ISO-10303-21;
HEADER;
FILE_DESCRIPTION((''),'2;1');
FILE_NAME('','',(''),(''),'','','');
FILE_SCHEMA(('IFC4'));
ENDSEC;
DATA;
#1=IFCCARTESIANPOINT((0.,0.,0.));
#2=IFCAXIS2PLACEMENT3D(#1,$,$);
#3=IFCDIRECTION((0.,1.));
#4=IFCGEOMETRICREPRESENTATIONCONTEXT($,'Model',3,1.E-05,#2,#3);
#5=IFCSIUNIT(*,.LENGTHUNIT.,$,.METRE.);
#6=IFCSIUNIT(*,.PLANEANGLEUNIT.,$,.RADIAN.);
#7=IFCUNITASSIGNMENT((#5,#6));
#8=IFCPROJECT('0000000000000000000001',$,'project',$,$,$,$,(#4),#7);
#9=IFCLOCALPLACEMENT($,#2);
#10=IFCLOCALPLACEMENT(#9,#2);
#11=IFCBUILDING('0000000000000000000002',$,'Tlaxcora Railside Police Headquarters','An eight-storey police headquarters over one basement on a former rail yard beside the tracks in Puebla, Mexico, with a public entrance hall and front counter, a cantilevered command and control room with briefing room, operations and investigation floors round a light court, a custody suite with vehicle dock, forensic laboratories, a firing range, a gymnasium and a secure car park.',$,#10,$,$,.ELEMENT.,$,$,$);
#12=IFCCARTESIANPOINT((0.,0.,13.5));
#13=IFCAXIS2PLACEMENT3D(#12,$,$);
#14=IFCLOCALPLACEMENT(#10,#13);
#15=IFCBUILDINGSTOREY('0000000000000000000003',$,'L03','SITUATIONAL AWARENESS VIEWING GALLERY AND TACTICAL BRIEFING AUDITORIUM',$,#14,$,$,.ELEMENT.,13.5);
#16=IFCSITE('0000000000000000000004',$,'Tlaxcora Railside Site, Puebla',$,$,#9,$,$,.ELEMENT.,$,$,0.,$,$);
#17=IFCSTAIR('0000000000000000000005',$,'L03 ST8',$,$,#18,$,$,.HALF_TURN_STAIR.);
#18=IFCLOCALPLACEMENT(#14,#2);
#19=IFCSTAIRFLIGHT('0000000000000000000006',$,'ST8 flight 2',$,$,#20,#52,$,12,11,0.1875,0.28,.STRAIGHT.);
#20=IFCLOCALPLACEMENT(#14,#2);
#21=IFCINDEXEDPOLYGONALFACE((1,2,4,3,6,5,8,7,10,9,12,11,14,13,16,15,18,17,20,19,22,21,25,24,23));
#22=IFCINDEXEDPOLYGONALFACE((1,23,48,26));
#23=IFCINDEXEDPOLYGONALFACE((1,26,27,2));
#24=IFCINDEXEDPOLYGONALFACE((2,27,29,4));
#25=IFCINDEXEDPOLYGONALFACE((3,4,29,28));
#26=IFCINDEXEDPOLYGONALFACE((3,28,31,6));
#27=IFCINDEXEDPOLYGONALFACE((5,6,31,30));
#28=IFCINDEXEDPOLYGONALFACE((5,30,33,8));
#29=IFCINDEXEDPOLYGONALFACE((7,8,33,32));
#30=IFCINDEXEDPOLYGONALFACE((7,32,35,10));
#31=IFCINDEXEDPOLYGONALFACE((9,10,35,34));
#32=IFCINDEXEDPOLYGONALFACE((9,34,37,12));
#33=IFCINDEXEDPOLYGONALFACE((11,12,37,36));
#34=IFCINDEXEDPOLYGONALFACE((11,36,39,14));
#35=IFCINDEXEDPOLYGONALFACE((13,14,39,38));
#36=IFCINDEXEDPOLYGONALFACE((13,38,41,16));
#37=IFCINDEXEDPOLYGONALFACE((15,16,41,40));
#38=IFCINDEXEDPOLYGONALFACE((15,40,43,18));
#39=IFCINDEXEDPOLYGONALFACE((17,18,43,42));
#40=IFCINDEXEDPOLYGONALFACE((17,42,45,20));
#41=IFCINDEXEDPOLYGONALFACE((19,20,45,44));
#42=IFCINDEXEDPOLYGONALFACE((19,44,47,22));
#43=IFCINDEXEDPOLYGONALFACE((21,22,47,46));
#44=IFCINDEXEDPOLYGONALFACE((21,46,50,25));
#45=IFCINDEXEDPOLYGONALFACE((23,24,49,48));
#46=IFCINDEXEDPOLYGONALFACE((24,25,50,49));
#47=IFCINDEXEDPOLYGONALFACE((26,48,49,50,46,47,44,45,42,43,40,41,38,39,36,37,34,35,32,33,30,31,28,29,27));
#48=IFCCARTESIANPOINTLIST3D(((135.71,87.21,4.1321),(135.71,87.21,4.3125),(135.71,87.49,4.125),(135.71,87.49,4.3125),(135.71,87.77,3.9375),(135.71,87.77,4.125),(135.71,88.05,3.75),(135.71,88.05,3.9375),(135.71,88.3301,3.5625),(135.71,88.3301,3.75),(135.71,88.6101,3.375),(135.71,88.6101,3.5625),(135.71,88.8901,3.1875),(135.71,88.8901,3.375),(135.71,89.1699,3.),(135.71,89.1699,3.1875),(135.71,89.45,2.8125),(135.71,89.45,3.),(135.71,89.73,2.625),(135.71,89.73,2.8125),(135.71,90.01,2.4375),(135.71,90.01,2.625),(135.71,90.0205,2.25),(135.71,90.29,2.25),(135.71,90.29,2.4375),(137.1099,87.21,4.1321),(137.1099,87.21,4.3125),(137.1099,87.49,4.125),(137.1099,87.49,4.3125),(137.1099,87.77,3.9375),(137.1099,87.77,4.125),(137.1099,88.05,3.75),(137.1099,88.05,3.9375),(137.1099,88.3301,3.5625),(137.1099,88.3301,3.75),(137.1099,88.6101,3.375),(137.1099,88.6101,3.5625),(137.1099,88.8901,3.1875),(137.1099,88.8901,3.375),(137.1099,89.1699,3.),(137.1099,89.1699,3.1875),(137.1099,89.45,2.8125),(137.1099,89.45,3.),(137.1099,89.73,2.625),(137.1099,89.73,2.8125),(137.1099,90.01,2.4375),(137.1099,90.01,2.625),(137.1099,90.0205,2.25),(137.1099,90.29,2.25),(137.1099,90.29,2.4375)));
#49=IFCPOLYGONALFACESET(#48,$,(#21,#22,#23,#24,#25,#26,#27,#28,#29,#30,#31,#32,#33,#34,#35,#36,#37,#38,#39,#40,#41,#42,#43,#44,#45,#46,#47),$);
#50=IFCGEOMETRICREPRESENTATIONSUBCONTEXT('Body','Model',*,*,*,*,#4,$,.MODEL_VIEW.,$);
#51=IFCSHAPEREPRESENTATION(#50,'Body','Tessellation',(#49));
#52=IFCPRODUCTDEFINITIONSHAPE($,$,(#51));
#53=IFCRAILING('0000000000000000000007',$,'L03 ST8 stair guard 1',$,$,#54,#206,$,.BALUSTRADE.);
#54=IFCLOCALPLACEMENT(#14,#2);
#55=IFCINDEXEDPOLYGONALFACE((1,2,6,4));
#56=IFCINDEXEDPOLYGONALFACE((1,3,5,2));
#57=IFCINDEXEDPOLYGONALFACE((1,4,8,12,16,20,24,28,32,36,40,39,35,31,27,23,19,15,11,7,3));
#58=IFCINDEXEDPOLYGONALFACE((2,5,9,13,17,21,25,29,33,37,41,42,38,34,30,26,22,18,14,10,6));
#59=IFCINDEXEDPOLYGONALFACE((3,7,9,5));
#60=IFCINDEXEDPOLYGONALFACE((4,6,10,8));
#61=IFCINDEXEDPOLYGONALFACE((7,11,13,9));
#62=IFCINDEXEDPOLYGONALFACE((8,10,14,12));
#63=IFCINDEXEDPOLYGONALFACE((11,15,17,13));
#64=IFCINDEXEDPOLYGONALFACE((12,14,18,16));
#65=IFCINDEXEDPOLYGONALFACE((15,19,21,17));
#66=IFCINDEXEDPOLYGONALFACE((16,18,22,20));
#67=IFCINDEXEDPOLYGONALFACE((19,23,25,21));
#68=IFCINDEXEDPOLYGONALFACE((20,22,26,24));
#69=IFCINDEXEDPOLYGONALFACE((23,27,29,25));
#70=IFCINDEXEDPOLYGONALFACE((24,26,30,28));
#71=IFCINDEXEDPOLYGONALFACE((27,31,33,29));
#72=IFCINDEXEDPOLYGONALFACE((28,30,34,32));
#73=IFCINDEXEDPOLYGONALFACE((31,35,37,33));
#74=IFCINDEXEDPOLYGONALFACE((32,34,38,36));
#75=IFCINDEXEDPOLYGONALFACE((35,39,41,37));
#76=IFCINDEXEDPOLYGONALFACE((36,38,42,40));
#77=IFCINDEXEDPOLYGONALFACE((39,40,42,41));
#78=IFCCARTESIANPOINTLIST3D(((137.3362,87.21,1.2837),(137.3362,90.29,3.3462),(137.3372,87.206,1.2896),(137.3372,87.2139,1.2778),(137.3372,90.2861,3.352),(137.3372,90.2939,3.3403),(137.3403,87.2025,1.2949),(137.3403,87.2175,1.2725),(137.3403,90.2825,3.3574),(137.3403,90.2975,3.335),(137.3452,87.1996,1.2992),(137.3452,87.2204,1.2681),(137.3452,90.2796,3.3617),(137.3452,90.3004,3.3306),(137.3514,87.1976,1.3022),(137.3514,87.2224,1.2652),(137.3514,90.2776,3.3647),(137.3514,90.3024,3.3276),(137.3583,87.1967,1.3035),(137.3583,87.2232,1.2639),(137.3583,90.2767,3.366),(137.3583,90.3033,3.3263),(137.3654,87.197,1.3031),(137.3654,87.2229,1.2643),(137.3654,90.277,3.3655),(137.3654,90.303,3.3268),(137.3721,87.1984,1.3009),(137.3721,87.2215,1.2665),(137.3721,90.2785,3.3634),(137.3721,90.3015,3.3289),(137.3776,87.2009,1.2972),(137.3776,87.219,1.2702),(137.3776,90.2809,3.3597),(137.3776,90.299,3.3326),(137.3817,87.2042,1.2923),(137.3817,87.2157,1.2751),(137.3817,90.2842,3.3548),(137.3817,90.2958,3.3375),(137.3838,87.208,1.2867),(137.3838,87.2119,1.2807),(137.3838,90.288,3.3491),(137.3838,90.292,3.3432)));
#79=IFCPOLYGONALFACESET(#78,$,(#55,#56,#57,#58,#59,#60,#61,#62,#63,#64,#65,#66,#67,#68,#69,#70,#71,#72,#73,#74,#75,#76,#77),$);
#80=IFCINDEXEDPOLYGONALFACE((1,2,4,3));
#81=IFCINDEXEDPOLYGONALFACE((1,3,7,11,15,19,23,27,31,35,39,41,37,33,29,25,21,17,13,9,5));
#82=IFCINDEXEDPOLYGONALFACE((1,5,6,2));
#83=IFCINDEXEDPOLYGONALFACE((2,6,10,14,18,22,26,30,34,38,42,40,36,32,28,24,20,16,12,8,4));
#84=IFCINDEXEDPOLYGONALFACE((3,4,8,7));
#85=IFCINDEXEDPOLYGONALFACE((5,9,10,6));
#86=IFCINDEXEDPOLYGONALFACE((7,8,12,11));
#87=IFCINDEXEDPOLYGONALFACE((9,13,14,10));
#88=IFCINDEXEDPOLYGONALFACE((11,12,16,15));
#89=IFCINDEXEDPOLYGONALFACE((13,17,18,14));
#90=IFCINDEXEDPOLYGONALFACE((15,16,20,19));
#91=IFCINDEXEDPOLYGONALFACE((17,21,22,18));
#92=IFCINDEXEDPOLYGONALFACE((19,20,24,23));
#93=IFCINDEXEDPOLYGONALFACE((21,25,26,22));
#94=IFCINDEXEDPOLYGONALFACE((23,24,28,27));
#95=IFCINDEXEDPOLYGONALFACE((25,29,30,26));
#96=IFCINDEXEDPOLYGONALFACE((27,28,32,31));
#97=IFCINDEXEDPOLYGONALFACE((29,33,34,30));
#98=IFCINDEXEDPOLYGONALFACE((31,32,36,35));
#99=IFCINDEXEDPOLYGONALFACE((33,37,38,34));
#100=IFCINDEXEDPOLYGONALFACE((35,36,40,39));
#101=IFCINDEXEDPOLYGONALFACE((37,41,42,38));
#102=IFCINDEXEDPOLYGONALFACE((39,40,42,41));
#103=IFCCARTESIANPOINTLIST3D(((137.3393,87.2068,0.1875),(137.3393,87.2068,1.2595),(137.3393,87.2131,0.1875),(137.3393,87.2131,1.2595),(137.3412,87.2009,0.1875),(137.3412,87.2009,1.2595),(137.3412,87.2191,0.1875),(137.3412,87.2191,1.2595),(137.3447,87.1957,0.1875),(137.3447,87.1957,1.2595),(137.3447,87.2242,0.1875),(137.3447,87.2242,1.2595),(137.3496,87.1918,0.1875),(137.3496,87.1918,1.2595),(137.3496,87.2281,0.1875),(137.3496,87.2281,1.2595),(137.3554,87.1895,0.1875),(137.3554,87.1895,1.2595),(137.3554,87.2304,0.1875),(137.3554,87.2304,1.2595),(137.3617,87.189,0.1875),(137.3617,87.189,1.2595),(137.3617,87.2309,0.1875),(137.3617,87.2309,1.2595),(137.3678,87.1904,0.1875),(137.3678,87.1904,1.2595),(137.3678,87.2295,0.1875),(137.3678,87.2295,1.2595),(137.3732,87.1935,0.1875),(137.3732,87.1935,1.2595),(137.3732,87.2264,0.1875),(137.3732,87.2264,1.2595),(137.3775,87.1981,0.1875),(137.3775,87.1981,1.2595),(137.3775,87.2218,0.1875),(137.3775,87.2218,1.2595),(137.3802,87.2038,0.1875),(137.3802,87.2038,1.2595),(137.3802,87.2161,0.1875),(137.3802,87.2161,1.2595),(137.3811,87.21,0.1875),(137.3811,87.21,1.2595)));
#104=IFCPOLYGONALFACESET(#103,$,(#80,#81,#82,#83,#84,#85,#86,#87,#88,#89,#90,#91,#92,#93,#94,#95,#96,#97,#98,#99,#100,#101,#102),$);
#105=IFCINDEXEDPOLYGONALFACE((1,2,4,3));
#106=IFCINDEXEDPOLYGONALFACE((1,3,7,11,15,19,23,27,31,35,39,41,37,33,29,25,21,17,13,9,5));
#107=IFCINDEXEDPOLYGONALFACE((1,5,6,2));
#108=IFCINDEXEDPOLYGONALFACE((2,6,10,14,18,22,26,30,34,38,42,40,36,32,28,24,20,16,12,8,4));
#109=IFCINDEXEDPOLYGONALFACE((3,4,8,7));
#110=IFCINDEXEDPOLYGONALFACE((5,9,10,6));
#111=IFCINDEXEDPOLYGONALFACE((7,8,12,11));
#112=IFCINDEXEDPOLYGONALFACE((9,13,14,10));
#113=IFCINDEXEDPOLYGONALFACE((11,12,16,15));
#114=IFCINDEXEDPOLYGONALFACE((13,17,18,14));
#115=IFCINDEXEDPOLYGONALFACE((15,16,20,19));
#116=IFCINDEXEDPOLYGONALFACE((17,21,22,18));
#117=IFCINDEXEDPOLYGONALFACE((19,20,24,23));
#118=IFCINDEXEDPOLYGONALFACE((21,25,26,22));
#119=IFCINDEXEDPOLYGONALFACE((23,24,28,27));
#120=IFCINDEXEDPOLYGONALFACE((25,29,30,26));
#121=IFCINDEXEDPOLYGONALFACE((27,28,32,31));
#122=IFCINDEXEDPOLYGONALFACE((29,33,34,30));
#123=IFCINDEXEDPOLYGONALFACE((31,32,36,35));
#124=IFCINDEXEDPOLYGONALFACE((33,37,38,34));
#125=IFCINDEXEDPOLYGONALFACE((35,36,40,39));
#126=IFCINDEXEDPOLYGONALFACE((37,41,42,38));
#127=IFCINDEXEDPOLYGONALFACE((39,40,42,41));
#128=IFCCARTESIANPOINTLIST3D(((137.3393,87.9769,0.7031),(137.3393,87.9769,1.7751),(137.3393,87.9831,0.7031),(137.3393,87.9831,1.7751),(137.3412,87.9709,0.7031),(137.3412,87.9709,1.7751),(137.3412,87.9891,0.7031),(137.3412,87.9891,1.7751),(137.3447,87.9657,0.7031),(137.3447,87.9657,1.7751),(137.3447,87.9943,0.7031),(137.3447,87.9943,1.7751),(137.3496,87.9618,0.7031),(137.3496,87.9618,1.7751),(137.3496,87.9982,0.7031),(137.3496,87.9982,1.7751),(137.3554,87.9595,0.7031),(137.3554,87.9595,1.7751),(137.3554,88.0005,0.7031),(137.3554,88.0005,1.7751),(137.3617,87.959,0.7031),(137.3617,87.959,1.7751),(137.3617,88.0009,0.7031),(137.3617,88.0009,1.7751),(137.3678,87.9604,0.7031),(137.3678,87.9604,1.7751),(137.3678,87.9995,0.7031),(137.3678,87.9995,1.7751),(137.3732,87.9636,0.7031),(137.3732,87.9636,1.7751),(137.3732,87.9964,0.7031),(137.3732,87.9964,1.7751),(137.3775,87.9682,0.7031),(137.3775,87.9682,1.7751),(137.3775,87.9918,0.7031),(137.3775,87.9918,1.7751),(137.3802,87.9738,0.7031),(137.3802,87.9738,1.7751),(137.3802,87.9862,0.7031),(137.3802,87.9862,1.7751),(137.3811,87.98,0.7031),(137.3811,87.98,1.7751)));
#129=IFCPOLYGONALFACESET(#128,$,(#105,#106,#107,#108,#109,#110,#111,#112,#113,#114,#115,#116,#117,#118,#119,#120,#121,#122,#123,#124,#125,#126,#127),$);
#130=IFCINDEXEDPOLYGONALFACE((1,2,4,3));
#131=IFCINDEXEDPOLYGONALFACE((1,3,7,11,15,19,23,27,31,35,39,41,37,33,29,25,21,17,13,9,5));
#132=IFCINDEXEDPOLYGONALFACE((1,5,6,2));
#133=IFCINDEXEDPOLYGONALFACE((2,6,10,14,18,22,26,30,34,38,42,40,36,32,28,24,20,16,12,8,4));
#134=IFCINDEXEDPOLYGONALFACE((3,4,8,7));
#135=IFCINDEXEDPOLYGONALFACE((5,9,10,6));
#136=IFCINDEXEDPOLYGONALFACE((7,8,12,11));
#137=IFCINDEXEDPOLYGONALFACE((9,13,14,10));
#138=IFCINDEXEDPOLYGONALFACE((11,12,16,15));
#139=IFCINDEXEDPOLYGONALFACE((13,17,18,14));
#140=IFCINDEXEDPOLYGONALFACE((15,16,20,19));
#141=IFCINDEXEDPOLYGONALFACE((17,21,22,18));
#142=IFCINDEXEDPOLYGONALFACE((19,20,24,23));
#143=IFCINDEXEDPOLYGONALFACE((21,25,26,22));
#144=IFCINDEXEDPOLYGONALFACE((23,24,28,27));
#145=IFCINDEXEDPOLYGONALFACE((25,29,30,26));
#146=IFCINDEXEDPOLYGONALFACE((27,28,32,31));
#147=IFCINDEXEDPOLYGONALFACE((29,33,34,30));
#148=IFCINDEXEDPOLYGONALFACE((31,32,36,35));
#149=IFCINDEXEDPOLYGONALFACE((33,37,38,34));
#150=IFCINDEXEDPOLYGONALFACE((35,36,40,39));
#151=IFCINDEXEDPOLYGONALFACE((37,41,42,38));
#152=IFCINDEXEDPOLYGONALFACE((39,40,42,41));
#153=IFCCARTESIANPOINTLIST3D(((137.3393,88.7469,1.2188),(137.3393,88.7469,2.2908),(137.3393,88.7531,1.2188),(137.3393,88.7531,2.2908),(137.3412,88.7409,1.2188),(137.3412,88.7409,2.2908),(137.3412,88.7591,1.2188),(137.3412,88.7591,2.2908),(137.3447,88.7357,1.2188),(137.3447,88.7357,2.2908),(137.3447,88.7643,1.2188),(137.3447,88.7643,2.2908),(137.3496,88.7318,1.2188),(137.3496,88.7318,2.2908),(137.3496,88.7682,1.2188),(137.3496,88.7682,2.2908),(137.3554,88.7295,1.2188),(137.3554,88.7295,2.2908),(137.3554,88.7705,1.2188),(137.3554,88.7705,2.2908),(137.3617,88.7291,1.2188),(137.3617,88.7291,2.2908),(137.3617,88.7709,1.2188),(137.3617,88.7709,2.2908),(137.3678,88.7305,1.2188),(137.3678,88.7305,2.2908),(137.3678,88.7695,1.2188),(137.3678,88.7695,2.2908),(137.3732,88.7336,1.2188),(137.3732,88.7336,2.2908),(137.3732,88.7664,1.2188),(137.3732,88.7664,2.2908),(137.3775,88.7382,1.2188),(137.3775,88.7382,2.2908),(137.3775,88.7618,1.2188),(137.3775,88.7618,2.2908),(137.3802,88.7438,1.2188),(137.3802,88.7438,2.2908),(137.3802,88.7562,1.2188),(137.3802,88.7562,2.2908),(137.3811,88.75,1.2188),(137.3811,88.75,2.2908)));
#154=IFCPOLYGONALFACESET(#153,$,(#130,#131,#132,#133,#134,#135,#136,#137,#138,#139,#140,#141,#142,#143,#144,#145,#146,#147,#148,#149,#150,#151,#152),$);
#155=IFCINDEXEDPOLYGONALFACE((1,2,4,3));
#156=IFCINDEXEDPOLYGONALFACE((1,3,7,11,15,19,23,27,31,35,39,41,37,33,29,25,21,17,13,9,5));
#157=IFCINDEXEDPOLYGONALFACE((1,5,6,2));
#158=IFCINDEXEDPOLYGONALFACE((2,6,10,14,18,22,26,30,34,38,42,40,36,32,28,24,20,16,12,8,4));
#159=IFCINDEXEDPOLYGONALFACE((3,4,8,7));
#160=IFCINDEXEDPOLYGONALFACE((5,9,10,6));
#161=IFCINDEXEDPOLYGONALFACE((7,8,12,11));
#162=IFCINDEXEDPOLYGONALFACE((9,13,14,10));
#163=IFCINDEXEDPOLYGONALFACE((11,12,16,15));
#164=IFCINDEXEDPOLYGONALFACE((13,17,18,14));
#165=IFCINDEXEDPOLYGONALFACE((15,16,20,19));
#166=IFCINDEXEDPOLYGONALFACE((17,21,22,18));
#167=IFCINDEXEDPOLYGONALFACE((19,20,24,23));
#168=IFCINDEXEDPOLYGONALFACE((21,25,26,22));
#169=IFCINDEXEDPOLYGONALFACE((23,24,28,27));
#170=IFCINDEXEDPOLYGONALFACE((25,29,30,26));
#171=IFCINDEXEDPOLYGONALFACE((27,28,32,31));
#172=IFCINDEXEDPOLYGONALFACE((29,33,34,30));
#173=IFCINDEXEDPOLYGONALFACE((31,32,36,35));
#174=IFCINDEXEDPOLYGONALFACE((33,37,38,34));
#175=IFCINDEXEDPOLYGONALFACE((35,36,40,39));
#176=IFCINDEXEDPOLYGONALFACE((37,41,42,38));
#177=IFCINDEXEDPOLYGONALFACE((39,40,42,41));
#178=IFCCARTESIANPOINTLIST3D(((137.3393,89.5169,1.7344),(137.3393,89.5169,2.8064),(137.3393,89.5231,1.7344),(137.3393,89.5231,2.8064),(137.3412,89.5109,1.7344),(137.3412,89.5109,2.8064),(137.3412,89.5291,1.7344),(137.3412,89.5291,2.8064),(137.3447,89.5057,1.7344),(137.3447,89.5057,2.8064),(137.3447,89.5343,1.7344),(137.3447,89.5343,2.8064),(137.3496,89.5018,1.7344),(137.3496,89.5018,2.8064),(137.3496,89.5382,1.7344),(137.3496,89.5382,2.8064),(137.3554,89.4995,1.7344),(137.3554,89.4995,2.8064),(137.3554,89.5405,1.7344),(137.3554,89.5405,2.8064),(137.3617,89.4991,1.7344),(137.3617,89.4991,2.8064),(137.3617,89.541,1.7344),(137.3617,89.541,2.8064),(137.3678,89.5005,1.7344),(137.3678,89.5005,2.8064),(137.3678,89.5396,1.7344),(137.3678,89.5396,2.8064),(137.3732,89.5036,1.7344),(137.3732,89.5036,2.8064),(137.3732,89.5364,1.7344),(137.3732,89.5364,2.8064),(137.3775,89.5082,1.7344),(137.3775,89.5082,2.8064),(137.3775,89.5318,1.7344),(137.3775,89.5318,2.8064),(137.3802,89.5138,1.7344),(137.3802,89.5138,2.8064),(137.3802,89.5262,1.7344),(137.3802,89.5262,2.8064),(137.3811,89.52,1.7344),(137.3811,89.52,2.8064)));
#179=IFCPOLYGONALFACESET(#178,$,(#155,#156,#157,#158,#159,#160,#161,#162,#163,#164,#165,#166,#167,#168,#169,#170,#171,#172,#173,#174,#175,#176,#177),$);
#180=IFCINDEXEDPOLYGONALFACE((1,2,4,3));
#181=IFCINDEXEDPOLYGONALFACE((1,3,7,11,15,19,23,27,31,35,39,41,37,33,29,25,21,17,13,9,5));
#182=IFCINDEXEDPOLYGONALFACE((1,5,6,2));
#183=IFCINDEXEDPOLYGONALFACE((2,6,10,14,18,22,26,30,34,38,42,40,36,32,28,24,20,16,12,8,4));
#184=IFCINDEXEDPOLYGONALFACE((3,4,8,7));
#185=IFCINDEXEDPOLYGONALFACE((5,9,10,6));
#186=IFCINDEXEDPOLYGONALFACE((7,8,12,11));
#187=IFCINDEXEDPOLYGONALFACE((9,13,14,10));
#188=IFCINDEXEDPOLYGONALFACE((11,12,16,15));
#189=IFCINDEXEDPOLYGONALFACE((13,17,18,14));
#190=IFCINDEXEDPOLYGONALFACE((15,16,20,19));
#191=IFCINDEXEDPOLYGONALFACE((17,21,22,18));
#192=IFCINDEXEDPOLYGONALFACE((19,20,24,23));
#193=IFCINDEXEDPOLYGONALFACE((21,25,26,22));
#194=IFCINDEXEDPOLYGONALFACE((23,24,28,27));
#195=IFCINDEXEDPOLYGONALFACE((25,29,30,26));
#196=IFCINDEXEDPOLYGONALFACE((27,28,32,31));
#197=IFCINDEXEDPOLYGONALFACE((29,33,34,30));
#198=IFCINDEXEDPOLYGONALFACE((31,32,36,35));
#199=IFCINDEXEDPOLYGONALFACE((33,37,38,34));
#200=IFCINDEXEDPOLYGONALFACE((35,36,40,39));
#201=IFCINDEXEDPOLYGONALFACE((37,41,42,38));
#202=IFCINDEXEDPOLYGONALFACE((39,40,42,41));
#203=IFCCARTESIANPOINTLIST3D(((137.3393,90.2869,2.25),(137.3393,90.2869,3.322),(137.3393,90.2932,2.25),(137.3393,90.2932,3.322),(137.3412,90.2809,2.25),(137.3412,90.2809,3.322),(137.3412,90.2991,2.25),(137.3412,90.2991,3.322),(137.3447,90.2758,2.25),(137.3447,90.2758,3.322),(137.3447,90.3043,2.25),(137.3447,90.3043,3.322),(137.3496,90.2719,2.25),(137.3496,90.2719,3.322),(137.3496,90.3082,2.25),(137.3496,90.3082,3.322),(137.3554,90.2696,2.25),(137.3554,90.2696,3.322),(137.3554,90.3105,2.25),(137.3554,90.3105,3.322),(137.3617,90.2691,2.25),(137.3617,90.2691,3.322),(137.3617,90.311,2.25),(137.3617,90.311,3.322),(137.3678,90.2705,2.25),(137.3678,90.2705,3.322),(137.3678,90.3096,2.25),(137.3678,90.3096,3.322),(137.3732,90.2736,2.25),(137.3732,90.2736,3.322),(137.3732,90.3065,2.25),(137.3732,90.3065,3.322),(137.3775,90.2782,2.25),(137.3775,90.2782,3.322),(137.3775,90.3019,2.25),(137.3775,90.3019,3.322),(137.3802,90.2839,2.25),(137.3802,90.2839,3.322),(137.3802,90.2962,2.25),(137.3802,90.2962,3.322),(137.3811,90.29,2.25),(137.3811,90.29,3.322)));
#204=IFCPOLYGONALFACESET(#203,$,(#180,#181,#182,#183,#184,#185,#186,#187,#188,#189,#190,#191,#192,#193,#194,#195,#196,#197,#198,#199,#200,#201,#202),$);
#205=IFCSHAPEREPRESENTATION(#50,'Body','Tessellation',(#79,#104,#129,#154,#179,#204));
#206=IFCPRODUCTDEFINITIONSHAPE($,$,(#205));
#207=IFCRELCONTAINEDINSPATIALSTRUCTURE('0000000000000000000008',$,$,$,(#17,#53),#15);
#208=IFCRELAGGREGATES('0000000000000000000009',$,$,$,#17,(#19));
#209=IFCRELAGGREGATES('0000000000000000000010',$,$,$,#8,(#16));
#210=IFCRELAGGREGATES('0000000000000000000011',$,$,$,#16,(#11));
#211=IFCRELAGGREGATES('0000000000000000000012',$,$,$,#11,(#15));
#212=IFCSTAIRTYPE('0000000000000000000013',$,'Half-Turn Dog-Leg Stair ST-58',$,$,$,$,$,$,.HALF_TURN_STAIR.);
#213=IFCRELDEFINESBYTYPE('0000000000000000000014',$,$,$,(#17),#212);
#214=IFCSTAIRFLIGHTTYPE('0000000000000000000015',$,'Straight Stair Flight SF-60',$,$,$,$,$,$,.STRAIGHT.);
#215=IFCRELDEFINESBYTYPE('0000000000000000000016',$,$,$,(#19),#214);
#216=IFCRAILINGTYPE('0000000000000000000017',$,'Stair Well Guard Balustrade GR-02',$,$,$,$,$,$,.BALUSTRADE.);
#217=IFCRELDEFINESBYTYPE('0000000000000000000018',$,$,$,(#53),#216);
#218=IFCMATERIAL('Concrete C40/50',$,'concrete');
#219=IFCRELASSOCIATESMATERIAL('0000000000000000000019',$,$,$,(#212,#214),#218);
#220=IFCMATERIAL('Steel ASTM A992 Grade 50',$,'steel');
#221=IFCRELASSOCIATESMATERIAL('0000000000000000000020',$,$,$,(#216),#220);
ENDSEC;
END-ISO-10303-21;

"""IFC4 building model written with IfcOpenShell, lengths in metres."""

from ifc_helpers import new_model, si_unit, direction, frame, origin, origin_2d, place, context, subcontext, project, spatial, polyline, circle, outline, extrude, material, type_object, element, aggregate, save


model = new_model("IFC4")

# Units and contexts
model_context = context("Model", 3, precision=1e-05, world=origin(), true_north=direction((0.0, 1.0)))
body_context = subcontext(model_context, "Body", "Model", "MODEL_VIEW")
ifc_project = project(units=[si_unit("LENGTHUNIT", "METRE"), si_unit("PLANEANGLEUNIT", "RADIAN")], contexts=[model_context])

# Site, building, storey
site_placement = place(None, origin())
site = spatial("IfcSite", under=ifc_project, at=site_placement, Name="Tlaxcora Railside Site, Puebla", CompositionType="ELEMENT", RefElevation=0.0)
building_placement = place(site_placement, origin())
building = spatial("IfcBuilding", under=site, at=building_placement, Name="Tlaxcora Railside Police Headquarters", Description="An eight-storey police headquarters over one basement on a former rail yard beside the tracks in Puebla, Mexico, with a public entrance hall and front counter, a cantilevered command and control room with briefing room, operations and investigation floors round a light court, a custody suite with vehicle dock, forensic laboratories, a firing range, a gymnasium and a secure car park.", CompositionType="ELEMENT")
storey_placement = place(building_placement, frame((0.0, 0.0, 13.5)))
storey = spatial("IfcBuildingStorey", under=building, at=storey_placement, Name="L03", Description="SITUATIONAL AWARENESS VIEWING GALLERY AND TACTICAL BRIEFING AUDITORIUM", CompositionType="ELEMENT", Elevation=13.5)

# Shared definitions
ifc_material_1 = material(Name="Concrete C40/50", Category="concrete")

# Shared definitions
ifc_material_2 = material(Name="Steel ASTM A992 Grade 50", Category="steel")

# Stair, stair flight
stair_type = type_object("IfcStairType", Name="Half-Turn Dog-Leg Stair ST-58", PredefinedType="HALF_TURN_STAIR", material=ifc_material_1)
stair_placement = place(storey_placement, origin())
stair = element("IfcStair", 1, at=stair_placement, inside=storey, type_object=stair_type, Name="L03 ST8", PredefinedType="HALF_TURN_STAIR")
stair_flight_type = type_object("IfcStairFlightType", Name="Straight Stair Flight SF-60", PredefinedType="STRAIGHT", material=ifc_material_1)
stair_flight_1_placement = place(storey_placement, frame((136.4099, 90.29, 2.25), z_axis=(0.0, 0.0, 1.0), x_axis=(0.0, -1.0, 0.0)))
stair_flight_1 = element("IfcStairFlight", 2, at=stair_flight_1_placement, type_object=stair_flight_type, Name="ST8 flight 2", NumberOfRisers=12, NumberOfTreads=11, PredefinedType="STRAIGHT", RiserHeight=0.1875, TreadLength=0.28, context=body_context, shape_type="SweptSolid", body=[
    extrude(outline(polyline([(0.0, 0.0), (0.0, 0.1875), (0.28, 0.1875), (0.28, 0.375), (0.5601, 0.375), (0.5601, 0.5625), (0.8401, 0.5625), (0.8401, 0.75), (1.1201, 0.75), (1.1201, 0.9375), (1.3999, 0.9375), (1.3999, 1.125), (1.6799, 1.125), (1.6799, 1.3125), (1.96, 1.3125), (1.96, 1.5), (2.24, 1.5), (2.24, 1.6875), (2.52, 1.6875), (2.52, 1.875), (2.8, 1.875), (2.8, 2.0625), (3.0801, 2.0625), (3.0801, 2.25), (3.0801, 1.8821), (0.2695, 0.0), (0.0, 0.0)])), frame((0.0, 0.7, 0.0), z_axis=(0.0, -1.0, 0.0), x_axis=(1.0, 0.0, 0.0)), (0.0, 0.0, 1.0), 1.3999),
])
aggregate(stair, [stair_flight_1])

# Railing
railing_type_1 = type_object("IfcRailingType", Name="Stair Well Guard Balustrade GR-02", PredefinedType="BALUSTRADE", material=ifc_material_2)
railing_1_placement = place(storey_placement, frame((137.3601, 87.21, 0.1875)))
element("IfcRailing", 3, at=railing_1_placement, inside=storey, type_object=railing_type_1, Name="L03 ST8 stair guard 1", PredefinedType="BALUSTRADE", context=body_context, shape_type="SweptSolid", body=[
    extrude(circle(Radius=0.0239, at=origin_2d()), frame((0.0, 0.0, 1.0962), z_axis=(0.0, 0.830914, 0.556401), x_axis=(-1.0, 0.0, 0.0)), (0.0, 0.0, 1.0), 3.7068),
    extrude(circle(Radius=0.021, at=origin_2d()), origin(), (0.0, 0.0, 1.0), 1.072),
    extrude(circle(Radius=0.021, at=origin_2d()), frame((0.0, 0.77, 0.5156)), (0.0, 0.0, 1.0), 1.072),
    extrude(circle(Radius=0.021, at=origin_2d()), frame((0.0, 1.54, 1.0312)), (0.0, 0.0, 1.0), 1.072),
    extrude(circle(Radius=0.021, at=origin_2d()), frame((0.0, 2.3101, 1.5469)), (0.0, 0.0, 1.0), 1.072),
    extrude(circle(Radius=0.021, at=origin_2d()), frame((0.0, 3.0801, 2.0625)), (0.0, 0.0, 1.0), 1.072),
])

save(model, "model.ifc")
